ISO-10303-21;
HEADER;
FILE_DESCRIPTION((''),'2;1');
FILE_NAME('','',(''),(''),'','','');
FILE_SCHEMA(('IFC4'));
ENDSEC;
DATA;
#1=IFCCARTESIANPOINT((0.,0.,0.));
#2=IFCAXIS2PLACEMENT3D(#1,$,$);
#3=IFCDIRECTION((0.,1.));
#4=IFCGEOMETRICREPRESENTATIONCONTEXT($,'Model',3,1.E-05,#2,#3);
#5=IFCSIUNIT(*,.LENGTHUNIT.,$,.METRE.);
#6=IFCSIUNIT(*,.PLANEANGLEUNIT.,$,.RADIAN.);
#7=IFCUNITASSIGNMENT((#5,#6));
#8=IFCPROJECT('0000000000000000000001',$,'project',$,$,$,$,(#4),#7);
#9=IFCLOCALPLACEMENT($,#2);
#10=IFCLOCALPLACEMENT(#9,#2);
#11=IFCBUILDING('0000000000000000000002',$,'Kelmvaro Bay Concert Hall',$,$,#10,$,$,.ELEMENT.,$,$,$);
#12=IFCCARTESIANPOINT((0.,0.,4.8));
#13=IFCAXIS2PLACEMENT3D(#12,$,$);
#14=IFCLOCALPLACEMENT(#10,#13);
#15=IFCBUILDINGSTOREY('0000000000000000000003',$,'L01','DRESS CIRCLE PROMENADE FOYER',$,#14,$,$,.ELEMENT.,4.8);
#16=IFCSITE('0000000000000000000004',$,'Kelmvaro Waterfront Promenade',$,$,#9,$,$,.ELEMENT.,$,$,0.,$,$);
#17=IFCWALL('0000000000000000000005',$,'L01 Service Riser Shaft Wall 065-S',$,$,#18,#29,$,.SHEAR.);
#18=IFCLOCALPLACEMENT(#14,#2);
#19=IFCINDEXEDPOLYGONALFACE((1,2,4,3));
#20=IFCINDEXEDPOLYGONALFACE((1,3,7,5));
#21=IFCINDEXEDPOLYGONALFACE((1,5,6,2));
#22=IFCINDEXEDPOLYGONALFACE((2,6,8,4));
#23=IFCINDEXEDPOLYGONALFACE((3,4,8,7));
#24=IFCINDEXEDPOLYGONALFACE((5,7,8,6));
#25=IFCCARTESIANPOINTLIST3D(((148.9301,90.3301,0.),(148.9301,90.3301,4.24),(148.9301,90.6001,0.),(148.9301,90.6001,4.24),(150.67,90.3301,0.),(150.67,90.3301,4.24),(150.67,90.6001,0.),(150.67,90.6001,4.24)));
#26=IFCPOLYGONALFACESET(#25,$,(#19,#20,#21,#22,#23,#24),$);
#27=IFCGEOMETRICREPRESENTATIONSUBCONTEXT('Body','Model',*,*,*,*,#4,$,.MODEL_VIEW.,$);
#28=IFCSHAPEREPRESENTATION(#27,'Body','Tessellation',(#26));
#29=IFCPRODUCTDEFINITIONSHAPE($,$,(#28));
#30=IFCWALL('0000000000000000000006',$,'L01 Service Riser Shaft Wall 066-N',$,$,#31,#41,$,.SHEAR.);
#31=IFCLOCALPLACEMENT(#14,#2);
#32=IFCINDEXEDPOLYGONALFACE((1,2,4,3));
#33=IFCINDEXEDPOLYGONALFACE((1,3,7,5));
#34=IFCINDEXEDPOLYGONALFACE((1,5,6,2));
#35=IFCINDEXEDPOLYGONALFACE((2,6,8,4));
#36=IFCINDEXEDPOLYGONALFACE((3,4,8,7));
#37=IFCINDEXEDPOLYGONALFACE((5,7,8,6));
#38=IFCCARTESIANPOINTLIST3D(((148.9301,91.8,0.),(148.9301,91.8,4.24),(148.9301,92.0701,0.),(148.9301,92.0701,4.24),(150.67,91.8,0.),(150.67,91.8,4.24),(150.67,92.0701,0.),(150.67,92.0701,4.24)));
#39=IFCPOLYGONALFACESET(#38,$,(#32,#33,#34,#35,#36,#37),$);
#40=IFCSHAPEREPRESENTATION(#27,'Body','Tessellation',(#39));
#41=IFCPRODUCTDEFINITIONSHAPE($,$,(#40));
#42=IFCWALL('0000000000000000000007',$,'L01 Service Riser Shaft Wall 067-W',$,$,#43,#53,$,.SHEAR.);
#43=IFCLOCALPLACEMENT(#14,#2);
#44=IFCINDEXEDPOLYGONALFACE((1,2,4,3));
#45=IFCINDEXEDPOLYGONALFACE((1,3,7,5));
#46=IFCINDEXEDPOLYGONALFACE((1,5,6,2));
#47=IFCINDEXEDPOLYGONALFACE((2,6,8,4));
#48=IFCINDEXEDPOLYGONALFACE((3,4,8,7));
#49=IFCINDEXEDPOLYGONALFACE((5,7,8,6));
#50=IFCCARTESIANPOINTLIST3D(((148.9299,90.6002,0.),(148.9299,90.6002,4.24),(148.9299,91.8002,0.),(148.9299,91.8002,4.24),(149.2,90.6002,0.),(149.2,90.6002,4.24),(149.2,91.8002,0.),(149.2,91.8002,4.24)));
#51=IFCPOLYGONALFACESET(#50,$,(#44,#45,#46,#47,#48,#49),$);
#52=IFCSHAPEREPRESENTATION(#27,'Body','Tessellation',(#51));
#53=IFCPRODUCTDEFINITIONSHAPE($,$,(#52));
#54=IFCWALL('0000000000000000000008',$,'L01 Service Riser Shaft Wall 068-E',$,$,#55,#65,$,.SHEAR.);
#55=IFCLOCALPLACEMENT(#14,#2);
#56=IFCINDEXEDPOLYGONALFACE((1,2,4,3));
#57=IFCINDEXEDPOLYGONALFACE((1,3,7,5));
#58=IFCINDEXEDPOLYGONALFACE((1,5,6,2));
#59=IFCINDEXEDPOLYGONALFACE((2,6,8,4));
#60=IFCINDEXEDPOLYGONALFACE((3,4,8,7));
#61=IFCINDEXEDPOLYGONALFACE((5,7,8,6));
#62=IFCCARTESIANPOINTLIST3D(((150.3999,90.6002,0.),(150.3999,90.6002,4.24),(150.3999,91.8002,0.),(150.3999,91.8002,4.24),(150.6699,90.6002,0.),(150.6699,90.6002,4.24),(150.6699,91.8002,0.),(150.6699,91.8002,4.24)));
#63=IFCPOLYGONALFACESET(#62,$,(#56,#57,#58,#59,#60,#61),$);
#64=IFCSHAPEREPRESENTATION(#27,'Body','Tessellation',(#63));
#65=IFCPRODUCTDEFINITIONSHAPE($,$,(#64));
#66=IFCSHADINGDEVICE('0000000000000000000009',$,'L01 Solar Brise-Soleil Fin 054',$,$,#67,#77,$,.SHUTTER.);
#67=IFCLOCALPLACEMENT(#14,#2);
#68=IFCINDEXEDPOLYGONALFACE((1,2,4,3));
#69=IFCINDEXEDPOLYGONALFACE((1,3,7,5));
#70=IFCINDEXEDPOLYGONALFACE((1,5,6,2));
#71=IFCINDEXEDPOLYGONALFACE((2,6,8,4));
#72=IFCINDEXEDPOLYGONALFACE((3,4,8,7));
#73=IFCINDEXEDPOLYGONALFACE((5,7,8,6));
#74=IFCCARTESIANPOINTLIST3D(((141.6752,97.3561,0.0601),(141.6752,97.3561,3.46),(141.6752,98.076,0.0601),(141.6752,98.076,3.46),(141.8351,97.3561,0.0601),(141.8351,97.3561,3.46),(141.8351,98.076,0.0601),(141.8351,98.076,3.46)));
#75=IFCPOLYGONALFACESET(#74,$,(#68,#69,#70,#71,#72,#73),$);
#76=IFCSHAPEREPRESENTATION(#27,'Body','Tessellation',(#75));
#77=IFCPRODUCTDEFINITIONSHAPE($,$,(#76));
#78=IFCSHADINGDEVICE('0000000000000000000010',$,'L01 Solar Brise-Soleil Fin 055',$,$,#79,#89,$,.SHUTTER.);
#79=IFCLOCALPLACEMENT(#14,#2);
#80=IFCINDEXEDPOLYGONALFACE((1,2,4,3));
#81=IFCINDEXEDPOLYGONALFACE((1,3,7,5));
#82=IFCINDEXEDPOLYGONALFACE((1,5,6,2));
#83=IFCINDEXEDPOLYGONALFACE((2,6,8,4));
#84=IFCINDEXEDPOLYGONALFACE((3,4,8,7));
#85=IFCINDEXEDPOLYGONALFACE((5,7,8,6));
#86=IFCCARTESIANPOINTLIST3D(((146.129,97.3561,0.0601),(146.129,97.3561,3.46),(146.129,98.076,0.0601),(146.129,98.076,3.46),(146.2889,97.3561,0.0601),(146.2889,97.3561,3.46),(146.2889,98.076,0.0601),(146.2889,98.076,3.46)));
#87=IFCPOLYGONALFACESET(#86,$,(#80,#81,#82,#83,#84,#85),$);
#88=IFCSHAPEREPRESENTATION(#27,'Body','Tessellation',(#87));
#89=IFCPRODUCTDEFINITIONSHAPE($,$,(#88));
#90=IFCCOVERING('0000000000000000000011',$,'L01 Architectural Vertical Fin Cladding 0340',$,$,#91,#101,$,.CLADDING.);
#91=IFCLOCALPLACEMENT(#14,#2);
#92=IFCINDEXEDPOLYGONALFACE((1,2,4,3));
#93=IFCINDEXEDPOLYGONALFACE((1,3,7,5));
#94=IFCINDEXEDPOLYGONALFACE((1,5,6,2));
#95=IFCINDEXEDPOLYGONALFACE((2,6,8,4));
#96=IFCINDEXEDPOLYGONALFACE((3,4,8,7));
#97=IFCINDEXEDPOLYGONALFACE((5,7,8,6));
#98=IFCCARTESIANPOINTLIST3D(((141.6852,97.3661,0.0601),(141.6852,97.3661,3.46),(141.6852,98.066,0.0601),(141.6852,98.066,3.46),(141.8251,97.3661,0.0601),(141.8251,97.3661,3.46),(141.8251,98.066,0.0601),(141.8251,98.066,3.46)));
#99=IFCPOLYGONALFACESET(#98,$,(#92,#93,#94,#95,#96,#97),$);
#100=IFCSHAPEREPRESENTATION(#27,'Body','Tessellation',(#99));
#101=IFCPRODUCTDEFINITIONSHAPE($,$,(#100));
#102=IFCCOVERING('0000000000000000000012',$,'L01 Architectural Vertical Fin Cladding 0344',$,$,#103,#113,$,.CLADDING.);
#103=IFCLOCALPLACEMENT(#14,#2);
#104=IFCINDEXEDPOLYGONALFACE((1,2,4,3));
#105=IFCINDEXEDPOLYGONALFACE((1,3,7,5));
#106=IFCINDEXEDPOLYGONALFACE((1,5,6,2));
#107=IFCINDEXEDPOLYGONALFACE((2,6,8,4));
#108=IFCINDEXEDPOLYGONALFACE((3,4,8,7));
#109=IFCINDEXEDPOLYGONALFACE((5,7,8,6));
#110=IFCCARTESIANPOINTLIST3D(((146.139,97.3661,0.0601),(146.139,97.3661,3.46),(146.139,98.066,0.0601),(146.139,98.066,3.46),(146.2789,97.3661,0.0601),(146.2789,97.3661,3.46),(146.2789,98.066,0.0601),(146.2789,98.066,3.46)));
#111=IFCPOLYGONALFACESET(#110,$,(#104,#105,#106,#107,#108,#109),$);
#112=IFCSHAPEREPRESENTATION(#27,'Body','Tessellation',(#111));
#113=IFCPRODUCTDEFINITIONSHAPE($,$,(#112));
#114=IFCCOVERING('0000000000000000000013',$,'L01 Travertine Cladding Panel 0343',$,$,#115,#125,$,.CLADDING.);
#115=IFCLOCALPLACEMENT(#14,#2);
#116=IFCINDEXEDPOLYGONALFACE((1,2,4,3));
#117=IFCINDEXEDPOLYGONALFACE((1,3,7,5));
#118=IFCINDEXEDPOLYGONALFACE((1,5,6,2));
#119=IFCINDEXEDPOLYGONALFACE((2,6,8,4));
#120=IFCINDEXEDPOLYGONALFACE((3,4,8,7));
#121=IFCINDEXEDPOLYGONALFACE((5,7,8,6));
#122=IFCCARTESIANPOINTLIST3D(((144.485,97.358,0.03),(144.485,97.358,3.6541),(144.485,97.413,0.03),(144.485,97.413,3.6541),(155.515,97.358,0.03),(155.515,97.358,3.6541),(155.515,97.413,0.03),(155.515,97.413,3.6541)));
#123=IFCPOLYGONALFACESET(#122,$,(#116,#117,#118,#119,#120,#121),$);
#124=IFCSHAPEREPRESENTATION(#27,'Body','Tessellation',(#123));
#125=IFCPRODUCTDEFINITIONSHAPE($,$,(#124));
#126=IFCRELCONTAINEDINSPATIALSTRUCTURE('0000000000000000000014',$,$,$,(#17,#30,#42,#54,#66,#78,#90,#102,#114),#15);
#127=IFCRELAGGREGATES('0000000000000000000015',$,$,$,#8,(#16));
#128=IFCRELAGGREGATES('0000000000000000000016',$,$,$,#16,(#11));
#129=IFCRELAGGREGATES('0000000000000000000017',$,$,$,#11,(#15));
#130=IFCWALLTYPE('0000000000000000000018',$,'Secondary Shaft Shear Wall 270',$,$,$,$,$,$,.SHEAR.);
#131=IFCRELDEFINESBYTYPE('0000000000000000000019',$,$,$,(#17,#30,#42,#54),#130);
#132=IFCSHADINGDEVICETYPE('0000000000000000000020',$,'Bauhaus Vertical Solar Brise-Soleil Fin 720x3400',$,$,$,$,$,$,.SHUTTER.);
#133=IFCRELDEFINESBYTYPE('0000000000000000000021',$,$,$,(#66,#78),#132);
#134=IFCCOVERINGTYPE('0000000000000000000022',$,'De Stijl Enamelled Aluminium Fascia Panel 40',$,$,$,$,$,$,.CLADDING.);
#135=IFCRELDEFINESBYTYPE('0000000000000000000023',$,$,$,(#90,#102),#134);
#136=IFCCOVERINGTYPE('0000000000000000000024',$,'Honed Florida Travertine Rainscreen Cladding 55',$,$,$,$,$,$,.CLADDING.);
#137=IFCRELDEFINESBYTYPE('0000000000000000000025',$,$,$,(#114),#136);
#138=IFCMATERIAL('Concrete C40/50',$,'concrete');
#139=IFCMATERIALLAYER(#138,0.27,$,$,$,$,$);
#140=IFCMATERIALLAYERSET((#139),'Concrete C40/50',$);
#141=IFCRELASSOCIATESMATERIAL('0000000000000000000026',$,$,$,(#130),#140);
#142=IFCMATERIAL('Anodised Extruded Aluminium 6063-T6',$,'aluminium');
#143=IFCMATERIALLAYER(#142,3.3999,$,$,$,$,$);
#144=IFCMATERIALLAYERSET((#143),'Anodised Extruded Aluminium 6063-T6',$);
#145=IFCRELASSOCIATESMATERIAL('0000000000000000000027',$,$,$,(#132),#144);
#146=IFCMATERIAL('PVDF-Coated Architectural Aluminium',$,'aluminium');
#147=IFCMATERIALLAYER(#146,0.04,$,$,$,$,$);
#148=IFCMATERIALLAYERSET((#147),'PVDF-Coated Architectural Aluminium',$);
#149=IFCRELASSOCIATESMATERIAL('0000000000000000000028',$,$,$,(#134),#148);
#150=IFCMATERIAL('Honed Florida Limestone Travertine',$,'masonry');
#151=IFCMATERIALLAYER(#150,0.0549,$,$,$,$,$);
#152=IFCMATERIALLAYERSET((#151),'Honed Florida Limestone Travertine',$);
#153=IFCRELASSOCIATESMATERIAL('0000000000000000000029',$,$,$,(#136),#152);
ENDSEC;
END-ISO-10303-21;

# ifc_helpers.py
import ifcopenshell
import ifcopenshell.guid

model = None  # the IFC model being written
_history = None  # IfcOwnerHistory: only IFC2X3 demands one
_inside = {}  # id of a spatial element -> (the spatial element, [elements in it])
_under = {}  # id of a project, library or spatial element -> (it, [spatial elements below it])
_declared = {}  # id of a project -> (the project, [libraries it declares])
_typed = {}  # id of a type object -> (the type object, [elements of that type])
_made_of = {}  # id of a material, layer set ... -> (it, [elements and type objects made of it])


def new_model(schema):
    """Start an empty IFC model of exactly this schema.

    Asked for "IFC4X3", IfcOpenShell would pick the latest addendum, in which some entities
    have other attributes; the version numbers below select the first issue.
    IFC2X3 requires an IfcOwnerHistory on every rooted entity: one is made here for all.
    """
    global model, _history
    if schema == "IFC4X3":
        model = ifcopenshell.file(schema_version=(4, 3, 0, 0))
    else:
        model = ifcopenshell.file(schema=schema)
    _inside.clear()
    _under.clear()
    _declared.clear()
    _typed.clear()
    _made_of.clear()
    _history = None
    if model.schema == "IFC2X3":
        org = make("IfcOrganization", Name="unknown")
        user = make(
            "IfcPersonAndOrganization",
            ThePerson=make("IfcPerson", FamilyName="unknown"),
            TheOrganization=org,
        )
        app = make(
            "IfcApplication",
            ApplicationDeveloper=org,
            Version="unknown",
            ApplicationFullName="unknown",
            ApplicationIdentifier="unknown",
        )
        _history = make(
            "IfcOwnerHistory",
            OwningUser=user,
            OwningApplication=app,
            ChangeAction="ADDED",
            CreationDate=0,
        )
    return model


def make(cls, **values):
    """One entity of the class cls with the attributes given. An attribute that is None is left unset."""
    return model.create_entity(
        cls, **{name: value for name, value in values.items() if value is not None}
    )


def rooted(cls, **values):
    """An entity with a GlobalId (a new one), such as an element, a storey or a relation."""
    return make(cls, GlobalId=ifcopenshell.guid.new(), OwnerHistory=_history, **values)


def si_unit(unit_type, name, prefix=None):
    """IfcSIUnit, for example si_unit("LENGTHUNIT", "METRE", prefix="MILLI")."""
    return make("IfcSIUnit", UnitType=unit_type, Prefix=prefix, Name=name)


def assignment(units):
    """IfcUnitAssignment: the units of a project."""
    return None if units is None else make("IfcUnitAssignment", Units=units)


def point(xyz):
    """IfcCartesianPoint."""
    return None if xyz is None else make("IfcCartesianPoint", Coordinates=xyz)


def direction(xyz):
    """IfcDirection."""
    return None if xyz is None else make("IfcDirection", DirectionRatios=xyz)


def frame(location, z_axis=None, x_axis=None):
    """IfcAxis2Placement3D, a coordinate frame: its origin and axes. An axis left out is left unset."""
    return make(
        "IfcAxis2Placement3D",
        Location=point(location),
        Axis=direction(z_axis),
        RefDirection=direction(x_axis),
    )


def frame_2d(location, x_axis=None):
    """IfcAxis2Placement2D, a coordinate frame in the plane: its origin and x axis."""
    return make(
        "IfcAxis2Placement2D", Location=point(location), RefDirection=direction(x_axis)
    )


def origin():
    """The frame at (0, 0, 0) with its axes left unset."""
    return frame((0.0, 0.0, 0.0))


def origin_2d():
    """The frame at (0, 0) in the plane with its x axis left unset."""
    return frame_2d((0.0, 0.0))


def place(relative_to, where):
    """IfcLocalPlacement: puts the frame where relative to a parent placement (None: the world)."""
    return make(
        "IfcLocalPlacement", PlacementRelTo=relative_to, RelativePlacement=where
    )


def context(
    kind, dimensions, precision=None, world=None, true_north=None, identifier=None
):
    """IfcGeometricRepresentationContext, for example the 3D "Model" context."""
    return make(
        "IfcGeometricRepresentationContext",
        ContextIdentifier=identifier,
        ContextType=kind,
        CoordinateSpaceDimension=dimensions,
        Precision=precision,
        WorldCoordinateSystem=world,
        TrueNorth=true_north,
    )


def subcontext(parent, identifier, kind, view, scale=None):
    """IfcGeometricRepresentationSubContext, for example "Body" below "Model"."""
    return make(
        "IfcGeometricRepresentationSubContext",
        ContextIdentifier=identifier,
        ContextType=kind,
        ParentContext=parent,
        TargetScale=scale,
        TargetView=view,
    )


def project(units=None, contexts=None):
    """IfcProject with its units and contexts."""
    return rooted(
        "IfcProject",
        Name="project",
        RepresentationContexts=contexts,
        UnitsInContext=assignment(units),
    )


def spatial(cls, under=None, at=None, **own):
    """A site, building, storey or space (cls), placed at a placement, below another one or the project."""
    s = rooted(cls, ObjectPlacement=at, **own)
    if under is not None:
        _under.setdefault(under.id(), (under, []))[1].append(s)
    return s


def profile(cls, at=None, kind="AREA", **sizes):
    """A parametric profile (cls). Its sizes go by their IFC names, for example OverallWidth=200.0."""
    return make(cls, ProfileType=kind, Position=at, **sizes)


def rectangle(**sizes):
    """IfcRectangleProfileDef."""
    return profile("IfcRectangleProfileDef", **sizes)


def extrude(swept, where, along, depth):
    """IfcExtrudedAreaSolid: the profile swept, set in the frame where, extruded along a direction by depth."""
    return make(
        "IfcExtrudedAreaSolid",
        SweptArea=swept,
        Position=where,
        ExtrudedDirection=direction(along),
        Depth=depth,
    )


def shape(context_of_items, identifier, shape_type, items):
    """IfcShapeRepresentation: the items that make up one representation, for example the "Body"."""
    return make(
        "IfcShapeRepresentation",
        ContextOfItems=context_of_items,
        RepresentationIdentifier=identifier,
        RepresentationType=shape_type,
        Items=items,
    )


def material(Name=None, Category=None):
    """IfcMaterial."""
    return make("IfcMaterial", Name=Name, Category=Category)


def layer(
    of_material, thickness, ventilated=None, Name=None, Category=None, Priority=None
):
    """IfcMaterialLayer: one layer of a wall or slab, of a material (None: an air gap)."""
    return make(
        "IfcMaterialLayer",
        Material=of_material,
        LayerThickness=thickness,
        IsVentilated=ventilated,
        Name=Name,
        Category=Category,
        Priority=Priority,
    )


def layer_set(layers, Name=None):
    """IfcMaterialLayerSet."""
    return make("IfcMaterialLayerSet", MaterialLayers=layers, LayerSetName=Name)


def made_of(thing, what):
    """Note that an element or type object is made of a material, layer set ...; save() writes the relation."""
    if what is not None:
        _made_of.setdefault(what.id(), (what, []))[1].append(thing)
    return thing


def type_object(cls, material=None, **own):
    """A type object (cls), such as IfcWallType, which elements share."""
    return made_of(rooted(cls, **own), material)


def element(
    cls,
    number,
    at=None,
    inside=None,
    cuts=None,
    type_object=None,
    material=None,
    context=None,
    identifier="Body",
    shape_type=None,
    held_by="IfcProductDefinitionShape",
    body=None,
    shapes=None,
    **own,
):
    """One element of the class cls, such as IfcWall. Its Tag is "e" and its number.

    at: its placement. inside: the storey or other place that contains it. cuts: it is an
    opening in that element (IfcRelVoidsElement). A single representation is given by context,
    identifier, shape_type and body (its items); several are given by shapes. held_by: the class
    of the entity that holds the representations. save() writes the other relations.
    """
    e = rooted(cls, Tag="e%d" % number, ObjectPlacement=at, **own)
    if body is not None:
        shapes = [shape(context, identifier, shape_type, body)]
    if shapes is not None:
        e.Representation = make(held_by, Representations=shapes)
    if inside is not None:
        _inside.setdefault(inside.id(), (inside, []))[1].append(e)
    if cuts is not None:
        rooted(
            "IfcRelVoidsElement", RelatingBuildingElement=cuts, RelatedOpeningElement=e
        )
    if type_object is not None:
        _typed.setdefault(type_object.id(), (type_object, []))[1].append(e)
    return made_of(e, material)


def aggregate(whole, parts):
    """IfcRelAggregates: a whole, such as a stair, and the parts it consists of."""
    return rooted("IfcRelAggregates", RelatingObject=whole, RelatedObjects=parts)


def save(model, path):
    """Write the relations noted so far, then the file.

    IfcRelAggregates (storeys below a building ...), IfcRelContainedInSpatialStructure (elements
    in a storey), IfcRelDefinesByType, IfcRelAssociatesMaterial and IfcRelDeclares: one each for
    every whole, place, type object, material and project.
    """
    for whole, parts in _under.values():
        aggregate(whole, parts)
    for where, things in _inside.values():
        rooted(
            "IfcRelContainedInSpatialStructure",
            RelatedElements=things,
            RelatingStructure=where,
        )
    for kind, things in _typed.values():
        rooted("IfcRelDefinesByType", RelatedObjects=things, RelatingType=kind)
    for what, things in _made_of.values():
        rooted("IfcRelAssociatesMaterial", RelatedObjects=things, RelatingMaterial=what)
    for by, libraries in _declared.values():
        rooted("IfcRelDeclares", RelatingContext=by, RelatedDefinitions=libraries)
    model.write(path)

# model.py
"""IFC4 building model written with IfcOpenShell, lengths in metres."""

from ifc_helpers import new_model, si_unit, direction, frame, frame_2d, origin, origin_2d, place, context, subcontext, project, spatial, rectangle, extrude, material, layer, layer_set, type_object, element, save


model = new_model("IFC4")

# Units and contexts
model_context = context("Model", 3, precision=1e-05, world=origin(), true_north=direction((0.0, 1.0)))
body_context = subcontext(model_context, "Body", "Model", "MODEL_VIEW")
ifc_project = project(units=[si_unit("LENGTHUNIT", "METRE"), si_unit("PLANEANGLEUNIT", "RADIAN")], contexts=[model_context])

# Site, building, storey
site_placement = place(None, origin())
site = spatial("IfcSite", under=ifc_project, at=site_placement, Name="Kelmvaro Waterfront Promenade", CompositionType="ELEMENT", RefElevation=0.0)
building_placement = place(site_placement, origin())
building = spatial("IfcBuilding", under=site, at=building_placement, Name="Kelmvaro Bay Concert Hall", CompositionType="ELEMENT")
storey_placement = place(building_placement, frame((0.0, 0.0, 4.8)))
storey = spatial("IfcBuildingStorey", under=building, at=storey_placement, Name="L01", Description="DRESS CIRCLE PROMENADE FOYER", CompositionType="ELEMENT", Elevation=4.8)

# Walls
ifc_material_1 = material(Name="Concrete C40/50", Category="concrete")
ifc_layer_1 = layer(ifc_material_1, 0.27)
ifc_layer_set_1 = layer_set([ifc_layer_1], Name="Concrete C40/50")
wall_type_1 = type_object("IfcWallType", Name="Secondary Shaft Shear Wall 270", PredefinedType="SHEAR", material=ifc_layer_set_1)
for number, where, z_axis, x_axis, name in (
    (1, (148.9299, 90.4651, 0.0), (0.0, 0.0, 1.0), (1.0, 0.0, 0.0), "L01 Service Riser Shaft Wall 065-S"),
    (2, (148.9299, 91.9351, 0.0), (0.0, 0.0, 1.0), (1.0, 0.0, 0.0), "L01 Service Riser Shaft Wall 066-N"),
):
    element("IfcWall", number, at=place(storey_placement, frame(where, z_axis=z_axis, x_axis=x_axis)), inside=storey, type_object=wall_type_1, Name=name, PredefinedType="SHEAR", context=body_context, shape_type="SweptSolid", body=[
        extrude(rectangle(XDim=1.74, YDim=0.27, at=frame_2d((0.8701, 0.0))), origin(), (0.0, 0.0, 1.0), 4.24),
    ])
for number, where, z_axis, x_axis, name in (
    (3, (149.0649, 90.6001, 0.0), (0.0, 0.0, 1.0), (0.0, 1.0, 0.0), "L01 Service Riser Shaft Wall 067-W"),
    (4, (150.5349, 90.6001, 0.0), (0.0, 0.0, 1.0), (0.0, 1.0, 0.0), "L01 Service Riser Shaft Wall 068-E"),
):
    element("IfcWall", number, at=place(storey_placement, frame(where, z_axis=z_axis, x_axis=x_axis)), inside=storey, type_object=wall_type_1, Name=name, PredefinedType="SHEAR", context=body_context, shape_type="SweptSolid", body=[
        extrude(rectangle(XDim=1.2, YDim=0.27, at=frame_2d((0.6001, 0.0))), origin(), (0.0, 0.0, 1.0), 4.24),
    ])

# Shading devices
ifc_material_2 = material(Name="Anodised Extruded Aluminium 6063-T6", Category="aluminium")
ifc_layer_2 = layer(ifc_material_2, 3.3999)
ifc_layer_set_2 = layer_set([ifc_layer_2], Name="Anodised Extruded Aluminium 6063-T6")
shading_device_type = type_object("IfcShadingDeviceType", Name="Bauhaus Vertical Solar Brise-Soleil Fin 720x3400", PredefinedType="SHUTTER", material=ifc_layer_set_2)
for number, where, z_axis, x_axis, name in (
    (5, (141.7551, 97.7161, 0.0601), (0.0, 0.0, 1.0), (1.0, 0.0, 0.0), "L01 Solar Brise-Soleil Fin 054"),
    (6, (146.209, 97.7161, 0.0601), (0.0, 0.0, 1.0), (1.0, 0.0, 0.0), "L01 Solar Brise-Soleil Fin 055"),
):
    element("IfcShadingDevice", number, at=place(storey_placement, frame(where, z_axis=z_axis, x_axis=x_axis)), inside=storey, type_object=shading_device_type, Name=name, PredefinedType="SHUTTER", context=body_context, shape_type="SweptSolid", body=[
        extrude(rectangle(XDim=0.1599, YDim=0.72, at=origin_2d()), origin(), (0.0, 0.0, 1.0), 3.3999),
    ])

# Coverings
ifc_material_3 = material(Name="PVDF-Coated Architectural Aluminium", Category="aluminium")
ifc_layer_3 = layer(ifc_material_3, 0.04)
ifc_layer_set_3 = layer_set([ifc_layer_3], Name="PVDF-Coated Architectural Aluminium")
covering_type_1 = type_object("IfcCoveringType", Name="De Stijl Enamelled Aluminium Fascia Panel 40", PredefinedType="CLADDING", material=ifc_layer_set_3)
for number, where, z_axis, x_axis, name in (
    (7, (141.7551, 97.7161, 0.0601), (0.0, 0.0, 1.0), (1.0, 0.0, 0.0), "L01 Architectural Vertical Fin Cladding 0340"),
    (8, (146.209, 97.7161, 0.0601), (0.0, 0.0, 1.0), (1.0, 0.0, 0.0), "L01 Architectural Vertical Fin Cladding 0344"),
):
    element("IfcCovering", number, at=place(storey_placement, frame(where, z_axis=z_axis, x_axis=x_axis)), inside=storey, type_object=covering_type_1, Name=name, PredefinedType="CLADDING", context=body_context, shape_type="SweptSolid", body=[
        extrude(rectangle(XDim=0.1399, YDim=0.7, at=origin_2d()), origin(), (0.0, 0.0, 1.0), 3.3999),
    ])
ifc_material_4 = material(Name="Honed Florida Limestone Travertine", Category="masonry")
ifc_layer_4 = layer(ifc_material_4, 0.0549)
ifc_layer_set_4 = layer_set([ifc_layer_4], Name="Honed Florida Limestone Travertine")
covering_type_2 = type_object("IfcCoveringType", Name="Honed Florida Travertine Rainscreen Cladding 55", PredefinedType="CLADDING", material=ifc_layer_set_4)
covering_placement = place(storey_placement, frame((150.0, 97.3855, 0.03), z_axis=(0.0, 0.0, 1.0), x_axis=(1.0, 0.0, 0.0)))
element("IfcCovering", 9, at=covering_placement, inside=storey, type_object=covering_type_2, Name="L01 Travertine Cladding Panel 0343", PredefinedType="CLADDING", context=body_context, shape_type="SweptSolid", body=[
    extrude(rectangle(XDim=11.03, YDim=0.0549, at=origin_2d()), origin(), (0.0, 0.0, 1.0), 3.624),
])

save(model, "model.ifc")
